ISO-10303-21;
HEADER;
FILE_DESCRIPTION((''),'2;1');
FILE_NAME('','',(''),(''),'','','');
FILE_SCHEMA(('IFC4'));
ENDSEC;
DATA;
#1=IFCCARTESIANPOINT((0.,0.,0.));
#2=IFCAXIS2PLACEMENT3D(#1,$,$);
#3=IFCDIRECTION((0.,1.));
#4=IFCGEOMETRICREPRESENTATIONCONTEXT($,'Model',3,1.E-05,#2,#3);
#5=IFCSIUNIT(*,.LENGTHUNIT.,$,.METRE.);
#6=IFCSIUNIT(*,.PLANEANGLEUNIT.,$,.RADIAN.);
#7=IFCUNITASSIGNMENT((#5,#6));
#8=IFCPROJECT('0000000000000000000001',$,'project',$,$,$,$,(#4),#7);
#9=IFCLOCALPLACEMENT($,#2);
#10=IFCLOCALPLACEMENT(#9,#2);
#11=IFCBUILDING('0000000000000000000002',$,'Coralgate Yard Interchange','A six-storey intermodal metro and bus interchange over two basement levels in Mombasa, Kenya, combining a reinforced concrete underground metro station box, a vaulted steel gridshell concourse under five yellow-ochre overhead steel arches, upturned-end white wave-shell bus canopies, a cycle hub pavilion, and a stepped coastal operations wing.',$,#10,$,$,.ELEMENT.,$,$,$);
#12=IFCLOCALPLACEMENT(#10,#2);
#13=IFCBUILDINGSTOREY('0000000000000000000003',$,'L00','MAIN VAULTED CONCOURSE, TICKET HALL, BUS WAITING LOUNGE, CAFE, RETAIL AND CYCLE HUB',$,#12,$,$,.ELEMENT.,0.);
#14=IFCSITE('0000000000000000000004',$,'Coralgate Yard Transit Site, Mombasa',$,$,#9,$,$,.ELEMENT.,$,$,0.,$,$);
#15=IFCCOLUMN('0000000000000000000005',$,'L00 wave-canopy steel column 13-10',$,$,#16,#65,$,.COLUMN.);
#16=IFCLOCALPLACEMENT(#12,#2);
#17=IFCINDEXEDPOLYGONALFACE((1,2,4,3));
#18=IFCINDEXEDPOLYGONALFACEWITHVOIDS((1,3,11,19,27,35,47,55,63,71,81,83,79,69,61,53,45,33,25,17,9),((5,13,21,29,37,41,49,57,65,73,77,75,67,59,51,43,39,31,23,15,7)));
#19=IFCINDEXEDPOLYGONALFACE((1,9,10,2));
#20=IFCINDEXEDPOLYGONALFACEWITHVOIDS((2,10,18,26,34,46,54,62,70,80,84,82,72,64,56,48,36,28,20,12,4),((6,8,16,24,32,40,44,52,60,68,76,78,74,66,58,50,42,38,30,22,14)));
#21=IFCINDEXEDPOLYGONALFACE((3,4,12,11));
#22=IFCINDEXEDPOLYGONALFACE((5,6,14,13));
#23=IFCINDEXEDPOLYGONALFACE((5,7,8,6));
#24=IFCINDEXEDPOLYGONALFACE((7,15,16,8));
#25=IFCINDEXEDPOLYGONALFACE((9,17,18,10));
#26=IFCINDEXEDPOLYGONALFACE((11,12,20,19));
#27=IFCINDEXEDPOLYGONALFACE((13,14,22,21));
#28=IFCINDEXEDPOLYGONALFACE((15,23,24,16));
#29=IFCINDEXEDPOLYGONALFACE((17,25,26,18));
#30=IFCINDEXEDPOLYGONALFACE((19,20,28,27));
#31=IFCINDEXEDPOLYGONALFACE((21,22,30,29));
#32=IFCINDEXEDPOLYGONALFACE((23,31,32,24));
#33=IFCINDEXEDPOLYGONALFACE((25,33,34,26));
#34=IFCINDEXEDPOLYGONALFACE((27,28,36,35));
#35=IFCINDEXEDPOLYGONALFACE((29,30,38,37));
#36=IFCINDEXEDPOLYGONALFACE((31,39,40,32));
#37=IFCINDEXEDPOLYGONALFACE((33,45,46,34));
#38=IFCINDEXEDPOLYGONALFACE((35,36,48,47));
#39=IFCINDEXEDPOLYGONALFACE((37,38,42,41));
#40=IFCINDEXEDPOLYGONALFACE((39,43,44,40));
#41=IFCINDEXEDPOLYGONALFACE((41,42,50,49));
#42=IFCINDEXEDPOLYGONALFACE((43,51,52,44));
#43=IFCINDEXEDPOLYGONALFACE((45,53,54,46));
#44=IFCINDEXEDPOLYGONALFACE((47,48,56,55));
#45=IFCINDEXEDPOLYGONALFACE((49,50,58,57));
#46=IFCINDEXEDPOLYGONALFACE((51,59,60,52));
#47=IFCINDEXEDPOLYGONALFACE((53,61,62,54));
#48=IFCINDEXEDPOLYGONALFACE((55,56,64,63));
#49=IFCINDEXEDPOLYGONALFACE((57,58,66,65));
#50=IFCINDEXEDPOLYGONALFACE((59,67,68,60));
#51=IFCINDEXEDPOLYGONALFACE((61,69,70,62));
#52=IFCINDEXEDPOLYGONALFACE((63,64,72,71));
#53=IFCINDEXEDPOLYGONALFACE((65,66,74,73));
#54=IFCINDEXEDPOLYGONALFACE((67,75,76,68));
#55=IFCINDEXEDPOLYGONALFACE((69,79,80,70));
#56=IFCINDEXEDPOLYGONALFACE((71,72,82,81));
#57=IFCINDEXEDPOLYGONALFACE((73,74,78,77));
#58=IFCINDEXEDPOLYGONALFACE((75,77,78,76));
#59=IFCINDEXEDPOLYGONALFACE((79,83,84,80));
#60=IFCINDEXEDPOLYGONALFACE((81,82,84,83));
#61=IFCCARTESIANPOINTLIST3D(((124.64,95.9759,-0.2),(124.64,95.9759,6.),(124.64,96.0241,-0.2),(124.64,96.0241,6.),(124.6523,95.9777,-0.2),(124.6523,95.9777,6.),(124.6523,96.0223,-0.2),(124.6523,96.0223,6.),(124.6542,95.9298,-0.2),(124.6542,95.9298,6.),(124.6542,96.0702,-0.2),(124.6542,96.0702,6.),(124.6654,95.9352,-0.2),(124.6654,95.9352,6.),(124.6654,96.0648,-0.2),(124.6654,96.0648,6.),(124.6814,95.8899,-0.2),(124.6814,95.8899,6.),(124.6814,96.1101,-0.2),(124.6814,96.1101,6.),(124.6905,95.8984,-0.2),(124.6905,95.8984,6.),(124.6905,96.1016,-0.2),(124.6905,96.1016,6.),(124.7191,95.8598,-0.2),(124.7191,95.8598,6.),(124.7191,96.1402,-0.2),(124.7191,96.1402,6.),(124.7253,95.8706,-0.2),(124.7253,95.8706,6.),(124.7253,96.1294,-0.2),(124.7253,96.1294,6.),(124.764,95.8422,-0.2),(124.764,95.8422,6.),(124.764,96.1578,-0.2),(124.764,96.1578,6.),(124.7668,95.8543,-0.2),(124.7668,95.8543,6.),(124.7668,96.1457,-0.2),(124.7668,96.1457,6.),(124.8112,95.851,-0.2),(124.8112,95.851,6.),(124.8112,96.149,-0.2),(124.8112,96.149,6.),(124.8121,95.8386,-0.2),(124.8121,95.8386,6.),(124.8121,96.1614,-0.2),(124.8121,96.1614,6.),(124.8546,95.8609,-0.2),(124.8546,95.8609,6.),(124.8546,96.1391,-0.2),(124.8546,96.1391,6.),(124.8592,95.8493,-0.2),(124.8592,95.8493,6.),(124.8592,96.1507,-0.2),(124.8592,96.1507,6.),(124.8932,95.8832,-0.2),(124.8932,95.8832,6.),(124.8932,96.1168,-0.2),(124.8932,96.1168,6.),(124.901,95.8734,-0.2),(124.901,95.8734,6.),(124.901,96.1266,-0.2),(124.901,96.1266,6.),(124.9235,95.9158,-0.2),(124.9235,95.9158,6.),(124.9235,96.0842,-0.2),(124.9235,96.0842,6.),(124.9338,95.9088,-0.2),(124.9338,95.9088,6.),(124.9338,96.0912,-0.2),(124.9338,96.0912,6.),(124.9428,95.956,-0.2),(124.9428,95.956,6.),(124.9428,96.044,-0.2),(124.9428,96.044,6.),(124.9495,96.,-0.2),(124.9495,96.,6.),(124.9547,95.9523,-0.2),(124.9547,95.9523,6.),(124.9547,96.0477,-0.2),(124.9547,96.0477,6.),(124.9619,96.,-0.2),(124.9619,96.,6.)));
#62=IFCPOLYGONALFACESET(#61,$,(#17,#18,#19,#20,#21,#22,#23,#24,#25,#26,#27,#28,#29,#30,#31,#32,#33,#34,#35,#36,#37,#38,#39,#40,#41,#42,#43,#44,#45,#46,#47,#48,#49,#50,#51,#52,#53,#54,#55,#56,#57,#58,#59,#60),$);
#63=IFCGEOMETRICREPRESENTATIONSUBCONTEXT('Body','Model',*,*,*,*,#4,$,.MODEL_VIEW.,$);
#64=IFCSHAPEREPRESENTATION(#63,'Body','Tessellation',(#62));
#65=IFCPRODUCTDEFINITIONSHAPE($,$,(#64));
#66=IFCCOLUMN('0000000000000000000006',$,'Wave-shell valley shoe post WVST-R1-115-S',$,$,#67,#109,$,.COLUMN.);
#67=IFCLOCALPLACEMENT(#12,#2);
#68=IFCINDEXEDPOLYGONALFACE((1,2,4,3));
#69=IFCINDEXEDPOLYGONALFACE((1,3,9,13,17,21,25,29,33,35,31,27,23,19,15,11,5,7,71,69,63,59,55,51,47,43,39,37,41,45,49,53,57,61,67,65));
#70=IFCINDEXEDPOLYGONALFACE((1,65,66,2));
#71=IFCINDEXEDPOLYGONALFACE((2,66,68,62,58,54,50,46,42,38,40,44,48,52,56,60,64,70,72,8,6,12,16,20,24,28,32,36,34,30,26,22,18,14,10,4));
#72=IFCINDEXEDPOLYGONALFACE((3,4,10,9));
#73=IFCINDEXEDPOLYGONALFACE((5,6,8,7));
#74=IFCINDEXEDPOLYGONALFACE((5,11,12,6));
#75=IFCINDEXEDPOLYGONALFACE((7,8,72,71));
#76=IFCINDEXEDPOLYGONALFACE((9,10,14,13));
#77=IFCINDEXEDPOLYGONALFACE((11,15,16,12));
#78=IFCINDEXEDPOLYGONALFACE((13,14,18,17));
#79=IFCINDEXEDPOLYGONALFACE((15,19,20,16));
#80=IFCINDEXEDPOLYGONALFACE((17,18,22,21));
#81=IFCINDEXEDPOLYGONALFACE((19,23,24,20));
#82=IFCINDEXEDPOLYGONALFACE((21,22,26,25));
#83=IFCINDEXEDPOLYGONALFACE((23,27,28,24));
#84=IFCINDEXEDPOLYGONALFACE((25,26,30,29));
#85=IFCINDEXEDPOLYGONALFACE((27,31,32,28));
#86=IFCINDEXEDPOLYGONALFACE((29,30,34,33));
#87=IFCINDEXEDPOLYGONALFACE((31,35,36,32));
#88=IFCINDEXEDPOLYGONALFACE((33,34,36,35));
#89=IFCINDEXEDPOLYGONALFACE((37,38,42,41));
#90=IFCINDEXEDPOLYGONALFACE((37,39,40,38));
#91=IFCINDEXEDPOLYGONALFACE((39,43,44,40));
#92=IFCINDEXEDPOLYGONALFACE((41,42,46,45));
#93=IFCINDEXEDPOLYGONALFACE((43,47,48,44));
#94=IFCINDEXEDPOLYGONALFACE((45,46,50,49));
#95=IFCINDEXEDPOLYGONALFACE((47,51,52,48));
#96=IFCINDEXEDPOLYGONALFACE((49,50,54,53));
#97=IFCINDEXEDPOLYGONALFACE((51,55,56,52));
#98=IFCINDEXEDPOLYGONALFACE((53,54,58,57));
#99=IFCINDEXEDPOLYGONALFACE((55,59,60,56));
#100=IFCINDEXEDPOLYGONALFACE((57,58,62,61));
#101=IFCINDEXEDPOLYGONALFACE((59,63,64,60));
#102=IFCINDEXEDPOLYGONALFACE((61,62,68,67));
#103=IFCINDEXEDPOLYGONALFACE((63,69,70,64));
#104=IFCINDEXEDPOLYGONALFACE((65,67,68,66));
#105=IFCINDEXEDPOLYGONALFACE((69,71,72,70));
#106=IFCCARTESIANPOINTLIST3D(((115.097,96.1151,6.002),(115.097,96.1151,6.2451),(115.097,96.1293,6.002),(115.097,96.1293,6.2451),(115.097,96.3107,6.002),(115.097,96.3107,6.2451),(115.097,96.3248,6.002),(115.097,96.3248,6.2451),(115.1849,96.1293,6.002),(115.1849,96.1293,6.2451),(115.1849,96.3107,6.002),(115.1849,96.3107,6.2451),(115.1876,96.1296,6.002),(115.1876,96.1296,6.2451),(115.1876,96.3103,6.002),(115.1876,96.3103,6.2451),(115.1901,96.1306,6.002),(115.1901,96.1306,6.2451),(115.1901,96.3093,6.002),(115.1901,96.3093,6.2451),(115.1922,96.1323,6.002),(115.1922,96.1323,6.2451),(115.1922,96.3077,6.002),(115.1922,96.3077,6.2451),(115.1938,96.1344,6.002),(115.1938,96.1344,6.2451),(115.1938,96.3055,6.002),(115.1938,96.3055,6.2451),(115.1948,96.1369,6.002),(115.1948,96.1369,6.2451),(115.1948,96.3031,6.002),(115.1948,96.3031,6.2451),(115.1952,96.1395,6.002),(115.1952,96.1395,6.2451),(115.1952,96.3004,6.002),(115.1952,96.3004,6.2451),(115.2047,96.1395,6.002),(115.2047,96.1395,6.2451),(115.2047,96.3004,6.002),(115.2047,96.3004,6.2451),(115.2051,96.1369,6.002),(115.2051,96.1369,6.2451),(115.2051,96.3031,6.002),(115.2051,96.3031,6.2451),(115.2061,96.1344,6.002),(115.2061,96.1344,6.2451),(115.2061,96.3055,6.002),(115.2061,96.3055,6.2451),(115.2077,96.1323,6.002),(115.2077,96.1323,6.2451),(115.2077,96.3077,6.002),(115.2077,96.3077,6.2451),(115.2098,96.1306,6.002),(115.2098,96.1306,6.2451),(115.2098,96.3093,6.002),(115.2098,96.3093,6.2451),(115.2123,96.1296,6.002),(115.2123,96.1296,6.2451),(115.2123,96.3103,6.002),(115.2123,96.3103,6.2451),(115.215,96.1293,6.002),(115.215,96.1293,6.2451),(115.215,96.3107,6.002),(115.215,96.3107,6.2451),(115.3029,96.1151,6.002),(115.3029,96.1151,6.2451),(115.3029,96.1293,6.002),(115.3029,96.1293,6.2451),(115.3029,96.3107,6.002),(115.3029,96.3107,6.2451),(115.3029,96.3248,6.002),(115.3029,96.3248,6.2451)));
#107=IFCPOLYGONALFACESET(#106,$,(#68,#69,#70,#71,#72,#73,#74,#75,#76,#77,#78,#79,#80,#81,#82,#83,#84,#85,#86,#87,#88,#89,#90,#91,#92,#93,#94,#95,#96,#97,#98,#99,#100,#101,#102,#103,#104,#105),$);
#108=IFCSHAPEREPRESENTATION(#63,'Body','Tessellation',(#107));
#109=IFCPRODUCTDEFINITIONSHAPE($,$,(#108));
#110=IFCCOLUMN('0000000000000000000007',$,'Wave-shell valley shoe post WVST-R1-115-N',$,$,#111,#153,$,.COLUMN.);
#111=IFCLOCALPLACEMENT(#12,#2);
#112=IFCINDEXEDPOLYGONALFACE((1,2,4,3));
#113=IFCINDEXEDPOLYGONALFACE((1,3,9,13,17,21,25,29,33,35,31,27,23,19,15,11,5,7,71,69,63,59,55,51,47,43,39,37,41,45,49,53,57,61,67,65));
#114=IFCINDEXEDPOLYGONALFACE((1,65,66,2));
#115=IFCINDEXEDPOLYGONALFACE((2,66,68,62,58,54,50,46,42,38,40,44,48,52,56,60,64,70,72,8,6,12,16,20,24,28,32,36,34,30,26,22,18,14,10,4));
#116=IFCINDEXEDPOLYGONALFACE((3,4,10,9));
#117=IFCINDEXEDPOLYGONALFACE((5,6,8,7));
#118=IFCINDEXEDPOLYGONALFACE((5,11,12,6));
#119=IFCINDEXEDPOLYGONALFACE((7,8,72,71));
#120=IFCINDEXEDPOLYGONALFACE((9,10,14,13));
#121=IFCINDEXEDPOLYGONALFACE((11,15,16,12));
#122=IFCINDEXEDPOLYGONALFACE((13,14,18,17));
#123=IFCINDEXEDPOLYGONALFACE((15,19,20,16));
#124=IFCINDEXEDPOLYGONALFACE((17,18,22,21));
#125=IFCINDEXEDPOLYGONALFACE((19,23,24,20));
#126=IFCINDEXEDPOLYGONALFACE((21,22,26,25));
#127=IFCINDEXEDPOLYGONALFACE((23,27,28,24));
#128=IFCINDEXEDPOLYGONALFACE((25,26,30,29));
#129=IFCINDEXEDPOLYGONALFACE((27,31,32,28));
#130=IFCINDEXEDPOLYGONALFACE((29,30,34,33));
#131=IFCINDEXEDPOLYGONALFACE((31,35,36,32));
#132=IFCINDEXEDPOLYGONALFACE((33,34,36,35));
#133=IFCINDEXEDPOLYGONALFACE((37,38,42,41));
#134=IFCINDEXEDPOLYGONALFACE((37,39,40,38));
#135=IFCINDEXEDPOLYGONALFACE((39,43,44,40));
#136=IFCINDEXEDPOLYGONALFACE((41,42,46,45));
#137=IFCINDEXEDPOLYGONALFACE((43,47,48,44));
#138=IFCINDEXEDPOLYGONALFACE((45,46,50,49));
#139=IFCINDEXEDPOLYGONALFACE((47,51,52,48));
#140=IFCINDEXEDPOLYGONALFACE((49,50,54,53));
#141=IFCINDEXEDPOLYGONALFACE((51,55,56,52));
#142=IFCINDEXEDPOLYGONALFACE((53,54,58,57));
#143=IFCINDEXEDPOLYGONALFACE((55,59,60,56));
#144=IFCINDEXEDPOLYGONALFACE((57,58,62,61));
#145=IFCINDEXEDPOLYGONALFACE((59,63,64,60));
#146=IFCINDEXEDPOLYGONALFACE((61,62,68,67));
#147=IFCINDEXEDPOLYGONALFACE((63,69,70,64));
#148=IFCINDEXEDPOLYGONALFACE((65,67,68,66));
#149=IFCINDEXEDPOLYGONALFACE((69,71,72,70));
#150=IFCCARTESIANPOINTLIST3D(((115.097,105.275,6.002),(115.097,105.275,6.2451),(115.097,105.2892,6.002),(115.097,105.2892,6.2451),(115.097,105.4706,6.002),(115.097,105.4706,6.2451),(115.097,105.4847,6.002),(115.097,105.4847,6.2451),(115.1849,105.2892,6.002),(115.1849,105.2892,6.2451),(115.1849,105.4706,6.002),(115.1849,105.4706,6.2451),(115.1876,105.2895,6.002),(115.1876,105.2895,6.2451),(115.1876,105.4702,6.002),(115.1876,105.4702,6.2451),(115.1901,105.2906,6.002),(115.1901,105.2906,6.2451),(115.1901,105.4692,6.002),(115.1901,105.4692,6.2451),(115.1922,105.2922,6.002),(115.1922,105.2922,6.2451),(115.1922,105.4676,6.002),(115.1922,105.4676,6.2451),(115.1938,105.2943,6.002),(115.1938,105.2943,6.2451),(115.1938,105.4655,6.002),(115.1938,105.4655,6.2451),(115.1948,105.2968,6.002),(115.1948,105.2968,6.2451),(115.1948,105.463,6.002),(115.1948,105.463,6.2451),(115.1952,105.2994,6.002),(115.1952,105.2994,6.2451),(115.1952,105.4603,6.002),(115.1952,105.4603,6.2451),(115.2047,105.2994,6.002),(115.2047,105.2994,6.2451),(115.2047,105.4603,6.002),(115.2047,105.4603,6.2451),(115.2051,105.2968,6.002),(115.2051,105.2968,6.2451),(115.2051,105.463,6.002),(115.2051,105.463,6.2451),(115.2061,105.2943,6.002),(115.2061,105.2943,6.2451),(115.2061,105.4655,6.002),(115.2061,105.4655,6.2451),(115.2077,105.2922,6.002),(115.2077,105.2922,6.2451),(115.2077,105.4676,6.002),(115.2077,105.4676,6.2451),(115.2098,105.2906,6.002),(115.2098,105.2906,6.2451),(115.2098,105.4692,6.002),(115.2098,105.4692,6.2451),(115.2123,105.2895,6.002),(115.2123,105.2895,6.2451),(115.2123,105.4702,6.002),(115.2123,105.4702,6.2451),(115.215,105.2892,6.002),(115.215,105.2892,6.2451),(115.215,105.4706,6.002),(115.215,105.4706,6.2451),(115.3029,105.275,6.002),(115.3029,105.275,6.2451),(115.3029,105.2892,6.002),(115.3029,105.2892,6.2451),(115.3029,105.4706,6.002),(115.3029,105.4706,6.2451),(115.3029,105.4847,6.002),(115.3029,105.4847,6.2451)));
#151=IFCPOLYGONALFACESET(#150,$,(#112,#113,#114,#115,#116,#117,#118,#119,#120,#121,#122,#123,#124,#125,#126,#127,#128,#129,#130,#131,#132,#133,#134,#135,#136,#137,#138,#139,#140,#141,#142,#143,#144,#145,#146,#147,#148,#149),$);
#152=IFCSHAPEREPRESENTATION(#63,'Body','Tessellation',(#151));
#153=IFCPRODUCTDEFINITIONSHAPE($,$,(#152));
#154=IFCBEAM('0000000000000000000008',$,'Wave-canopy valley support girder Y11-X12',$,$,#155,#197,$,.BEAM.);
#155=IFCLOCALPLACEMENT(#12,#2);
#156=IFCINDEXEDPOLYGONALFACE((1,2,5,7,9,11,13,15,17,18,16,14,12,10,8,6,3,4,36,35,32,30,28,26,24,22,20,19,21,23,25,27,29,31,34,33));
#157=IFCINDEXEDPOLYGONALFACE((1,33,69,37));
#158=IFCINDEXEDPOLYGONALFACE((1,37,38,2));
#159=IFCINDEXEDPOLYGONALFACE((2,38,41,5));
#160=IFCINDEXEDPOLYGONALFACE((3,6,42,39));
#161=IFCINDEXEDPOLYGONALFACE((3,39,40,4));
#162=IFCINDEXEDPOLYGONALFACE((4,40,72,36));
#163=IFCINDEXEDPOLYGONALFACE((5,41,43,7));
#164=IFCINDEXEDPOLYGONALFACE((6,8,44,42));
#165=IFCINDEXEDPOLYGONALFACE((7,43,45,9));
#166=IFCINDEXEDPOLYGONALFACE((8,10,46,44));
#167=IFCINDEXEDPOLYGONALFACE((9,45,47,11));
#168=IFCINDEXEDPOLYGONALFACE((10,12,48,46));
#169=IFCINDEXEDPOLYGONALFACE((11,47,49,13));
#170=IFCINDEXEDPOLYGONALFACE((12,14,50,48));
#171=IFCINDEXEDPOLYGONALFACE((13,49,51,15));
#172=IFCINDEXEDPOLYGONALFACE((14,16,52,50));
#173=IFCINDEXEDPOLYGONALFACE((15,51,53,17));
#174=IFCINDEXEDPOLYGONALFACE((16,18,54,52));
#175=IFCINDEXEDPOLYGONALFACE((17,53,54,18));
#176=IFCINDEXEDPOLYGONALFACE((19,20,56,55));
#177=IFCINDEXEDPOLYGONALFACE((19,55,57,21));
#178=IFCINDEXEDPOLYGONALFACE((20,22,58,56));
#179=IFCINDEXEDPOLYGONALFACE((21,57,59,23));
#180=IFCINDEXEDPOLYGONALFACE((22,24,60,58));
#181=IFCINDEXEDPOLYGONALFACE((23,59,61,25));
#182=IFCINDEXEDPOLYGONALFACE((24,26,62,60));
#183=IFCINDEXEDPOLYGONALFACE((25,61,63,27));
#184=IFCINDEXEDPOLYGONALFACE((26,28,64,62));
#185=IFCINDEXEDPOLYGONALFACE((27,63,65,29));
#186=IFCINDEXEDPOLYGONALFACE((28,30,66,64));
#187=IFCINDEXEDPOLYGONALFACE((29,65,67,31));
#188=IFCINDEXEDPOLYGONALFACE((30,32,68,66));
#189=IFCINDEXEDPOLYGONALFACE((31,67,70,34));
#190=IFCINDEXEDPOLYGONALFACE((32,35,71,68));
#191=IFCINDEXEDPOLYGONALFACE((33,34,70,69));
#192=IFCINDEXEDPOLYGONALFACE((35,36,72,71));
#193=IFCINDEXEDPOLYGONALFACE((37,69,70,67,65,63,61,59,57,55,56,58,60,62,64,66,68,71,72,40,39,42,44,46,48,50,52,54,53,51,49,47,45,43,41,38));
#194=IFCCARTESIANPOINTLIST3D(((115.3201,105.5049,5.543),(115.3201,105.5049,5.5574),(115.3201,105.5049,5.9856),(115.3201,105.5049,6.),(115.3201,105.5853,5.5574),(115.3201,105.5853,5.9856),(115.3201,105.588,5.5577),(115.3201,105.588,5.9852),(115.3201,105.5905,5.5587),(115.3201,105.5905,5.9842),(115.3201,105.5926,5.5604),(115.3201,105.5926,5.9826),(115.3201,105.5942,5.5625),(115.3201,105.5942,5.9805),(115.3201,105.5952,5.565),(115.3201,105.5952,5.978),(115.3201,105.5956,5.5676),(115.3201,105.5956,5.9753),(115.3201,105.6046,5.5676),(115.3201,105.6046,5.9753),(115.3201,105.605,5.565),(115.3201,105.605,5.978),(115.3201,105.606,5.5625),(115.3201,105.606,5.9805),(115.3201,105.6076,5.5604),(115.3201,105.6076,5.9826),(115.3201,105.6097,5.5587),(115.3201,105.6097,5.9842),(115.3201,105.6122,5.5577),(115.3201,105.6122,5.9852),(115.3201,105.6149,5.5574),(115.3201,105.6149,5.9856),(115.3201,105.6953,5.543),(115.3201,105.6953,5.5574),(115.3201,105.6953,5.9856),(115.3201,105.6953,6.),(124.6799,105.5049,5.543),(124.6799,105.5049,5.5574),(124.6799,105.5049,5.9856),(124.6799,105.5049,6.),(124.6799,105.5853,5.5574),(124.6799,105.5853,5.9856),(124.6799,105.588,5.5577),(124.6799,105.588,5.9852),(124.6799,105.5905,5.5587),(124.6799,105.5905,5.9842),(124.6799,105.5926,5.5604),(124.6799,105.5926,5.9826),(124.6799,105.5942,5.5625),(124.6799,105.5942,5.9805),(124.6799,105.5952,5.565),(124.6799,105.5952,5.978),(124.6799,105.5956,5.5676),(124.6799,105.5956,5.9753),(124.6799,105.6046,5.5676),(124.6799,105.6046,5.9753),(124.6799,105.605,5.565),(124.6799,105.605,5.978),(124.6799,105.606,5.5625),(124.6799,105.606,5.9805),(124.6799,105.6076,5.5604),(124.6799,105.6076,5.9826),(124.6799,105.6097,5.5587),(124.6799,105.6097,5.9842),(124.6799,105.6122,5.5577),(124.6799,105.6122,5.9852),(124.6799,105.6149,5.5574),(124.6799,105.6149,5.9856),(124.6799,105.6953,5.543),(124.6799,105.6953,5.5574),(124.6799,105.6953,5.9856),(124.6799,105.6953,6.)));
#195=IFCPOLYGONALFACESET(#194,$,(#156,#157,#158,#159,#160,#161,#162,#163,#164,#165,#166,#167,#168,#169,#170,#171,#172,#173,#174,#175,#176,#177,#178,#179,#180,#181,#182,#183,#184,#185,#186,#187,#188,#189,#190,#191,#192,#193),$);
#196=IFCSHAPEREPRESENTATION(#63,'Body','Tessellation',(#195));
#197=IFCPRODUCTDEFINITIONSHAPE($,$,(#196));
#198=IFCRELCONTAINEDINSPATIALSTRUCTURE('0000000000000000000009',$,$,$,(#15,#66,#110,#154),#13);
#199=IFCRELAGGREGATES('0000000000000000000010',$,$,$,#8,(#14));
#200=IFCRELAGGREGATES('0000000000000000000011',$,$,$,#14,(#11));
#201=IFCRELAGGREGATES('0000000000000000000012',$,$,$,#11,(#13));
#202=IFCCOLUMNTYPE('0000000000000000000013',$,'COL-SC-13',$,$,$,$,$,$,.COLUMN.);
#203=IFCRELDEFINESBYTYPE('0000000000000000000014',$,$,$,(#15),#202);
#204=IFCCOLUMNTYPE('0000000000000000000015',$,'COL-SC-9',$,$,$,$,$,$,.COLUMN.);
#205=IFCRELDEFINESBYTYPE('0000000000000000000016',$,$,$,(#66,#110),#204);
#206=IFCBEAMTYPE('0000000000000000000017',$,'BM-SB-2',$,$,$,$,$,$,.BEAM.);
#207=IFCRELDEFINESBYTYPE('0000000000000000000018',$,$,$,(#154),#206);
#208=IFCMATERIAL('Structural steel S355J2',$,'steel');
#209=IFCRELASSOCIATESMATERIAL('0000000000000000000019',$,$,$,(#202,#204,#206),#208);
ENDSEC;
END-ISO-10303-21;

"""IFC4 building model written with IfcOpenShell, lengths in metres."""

from ifc_helpers import new_model, si_unit, direction, frame, origin, origin_2d, place, context, subcontext, project, spatial, hollow_circle, i_section, extrude, material, material_profile, profile_set, type_object, element, save


model = new_model("IFC4")

# Units and contexts
model_context = context("Model", 3, precision=1e-05, world=origin(), true_north=direction((0.0, 1.0)))
body_context = subcontext(model_context, "Body", "Model", "MODEL_VIEW")
ifc_project = project(units=[si_unit("LENGTHUNIT", "METRE"), si_unit("PLANEANGLEUNIT", "RADIAN")], contexts=[model_context])

# Site, building, storey
site_placement = place(None, origin())
site = spatial("IfcSite", under=ifc_project, at=site_placement, Name="Coralgate Yard Transit Site, Mombasa", CompositionType="ELEMENT", RefElevation=0.0)
building_placement = place(site_placement, origin())
building = spatial("IfcBuilding", under=site, at=building_placement, Name="Coralgate Yard Interchange", Description="A six-storey intermodal metro and bus interchange over two basement levels in Mombasa, Kenya, combining a reinforced concrete underground metro station box, a vaulted steel gridshell concourse under five yellow-ochre overhead steel arches, upturned-end white wave-shell bus canopies, a cycle hub pavilion, and a stepped coastal operations wing.", CompositionType="ELEMENT")
storey_placement = place(building_placement, origin())
storey = spatial("IfcBuildingStorey", under=building, at=storey_placement, Name="L00", Description="MAIN VAULTED CONCOURSE, TICKET HALL, BUS WAITING LOUNGE, CAFE, RETAIL AND CYCLE HUB", CompositionType="ELEMENT", Elevation=0.0)

# Columns
ifc_material_1 = material(Name="Structural steel S355J2", Category="steel")
ifc_material_profile_1 = material_profile(ifc_material_1, hollow_circle(Radius=0.1619, WallThickness=0.0125, at=origin_2d()), Name="CHS 323.9x12.5")
ifc_profile_set_1 = profile_set([ifc_material_profile_1], Name="Structural steel S355J2")
column_type_1 = type_object("IfcColumnType", Name="COL-SC-13", PredefinedType="COLUMN", material=ifc_profile_set_1)
column_1_placement = place(storey_placement, frame((124.8, 96.0, -0.2), z_axis=(0.0, 0.0, 1.0), x_axis=(1.0, 0.0, 0.0)))
element("IfcColumn", 1, at=column_1_placement, inside=storey, type_object=column_type_1, Name="L00 wave-canopy steel column 13-10", PredefinedType="COLUMN", context=body_context, shape_type="SweptSolid", body=[
    extrude(hollow_circle(Radius=0.1619, WallThickness=0.0125, at=origin_2d()), origin(), (0.0, 0.0, 1.0), 6.2),
])
ifc_material_profile_2 = material_profile(ifc_material_1, i_section(OverallWidth=0.2058, OverallDepth=0.2097, WebThickness=0.0095, FlangeThickness=0.0142, FilletRadius=0.0103, at=origin_2d()), Name="UC 203x203x60")
ifc_profile_set_2 = profile_set([ifc_material_profile_2], Name="Structural steel S355J2")
column_type_2 = type_object("IfcColumnType", Name="COL-SC-9", PredefinedType="COLUMN", material=ifc_profile_set_2)
for number, where, z_axis, x_axis, name in (
    (2, (115.2, 96.22, 6.002), (0.0, 0.0, 1.0), (1.0, 0.0, 0.0), "Wave-shell valley shoe post WVST-R1-115-S"),
    (3, (115.2, 105.3799, 6.002), (0.0, 0.0, 1.0), (1.0, 0.0, 0.0), "Wave-shell valley shoe post WVST-R1-115-N"),
):
    element("IfcColumn", number, at=place(storey_placement, frame(where, z_axis=z_axis, x_axis=x_axis)), inside=storey, type_object=column_type_2, Name=name, PredefinedType="COLUMN", context=body_context, shape_type="SweptSolid", body=[
        extrude(i_section(OverallWidth=0.2058, OverallDepth=0.2097, WebThickness=0.0095, FlangeThickness=0.0142, FilletRadius=0.0103, at=origin_2d()), origin(), (0.0, 0.0, 1.0), 0.2432),
    ])

# Beam
ifc_material_profile_3 = material_profile(ifc_material_1, i_section(OverallWidth=0.1904, OverallDepth=0.457, WebThickness=0.009, FlangeThickness=0.0144, FilletRadius=0.0103, at=origin_2d()), Name="UB 457x191x74")
ifc_profile_set_3 = profile_set([ifc_material_profile_3], Name="Structural steel S355J2")
beam_type_1 = type_object("IfcBeamType", Name="BM-SB-2", PredefinedType="BEAM", material=ifc_profile_set_3)
beam_placement = place(storey_placement, frame((115.3201, 105.6001, 5.7715), z_axis=(1.0, 0.0, 0.0), x_axis=(0.0, 1.0, 0.0)))
element("IfcBeam", 4, at=beam_placement, inside=storey, type_object=beam_type_1, Name="Wave-canopy valley support girder Y11-X12", PredefinedType="BEAM", context=body_context, shape_type="SweptSolid", body=[
    extrude(i_section(OverallWidth=0.1904, OverallDepth=0.457, WebThickness=0.009, FlangeThickness=0.0144, FilletRadius=0.0103, at=origin_2d()), origin(), (0.0, 0.0, 1.0), 9.3599),
])

save(model, "model.ifc")
